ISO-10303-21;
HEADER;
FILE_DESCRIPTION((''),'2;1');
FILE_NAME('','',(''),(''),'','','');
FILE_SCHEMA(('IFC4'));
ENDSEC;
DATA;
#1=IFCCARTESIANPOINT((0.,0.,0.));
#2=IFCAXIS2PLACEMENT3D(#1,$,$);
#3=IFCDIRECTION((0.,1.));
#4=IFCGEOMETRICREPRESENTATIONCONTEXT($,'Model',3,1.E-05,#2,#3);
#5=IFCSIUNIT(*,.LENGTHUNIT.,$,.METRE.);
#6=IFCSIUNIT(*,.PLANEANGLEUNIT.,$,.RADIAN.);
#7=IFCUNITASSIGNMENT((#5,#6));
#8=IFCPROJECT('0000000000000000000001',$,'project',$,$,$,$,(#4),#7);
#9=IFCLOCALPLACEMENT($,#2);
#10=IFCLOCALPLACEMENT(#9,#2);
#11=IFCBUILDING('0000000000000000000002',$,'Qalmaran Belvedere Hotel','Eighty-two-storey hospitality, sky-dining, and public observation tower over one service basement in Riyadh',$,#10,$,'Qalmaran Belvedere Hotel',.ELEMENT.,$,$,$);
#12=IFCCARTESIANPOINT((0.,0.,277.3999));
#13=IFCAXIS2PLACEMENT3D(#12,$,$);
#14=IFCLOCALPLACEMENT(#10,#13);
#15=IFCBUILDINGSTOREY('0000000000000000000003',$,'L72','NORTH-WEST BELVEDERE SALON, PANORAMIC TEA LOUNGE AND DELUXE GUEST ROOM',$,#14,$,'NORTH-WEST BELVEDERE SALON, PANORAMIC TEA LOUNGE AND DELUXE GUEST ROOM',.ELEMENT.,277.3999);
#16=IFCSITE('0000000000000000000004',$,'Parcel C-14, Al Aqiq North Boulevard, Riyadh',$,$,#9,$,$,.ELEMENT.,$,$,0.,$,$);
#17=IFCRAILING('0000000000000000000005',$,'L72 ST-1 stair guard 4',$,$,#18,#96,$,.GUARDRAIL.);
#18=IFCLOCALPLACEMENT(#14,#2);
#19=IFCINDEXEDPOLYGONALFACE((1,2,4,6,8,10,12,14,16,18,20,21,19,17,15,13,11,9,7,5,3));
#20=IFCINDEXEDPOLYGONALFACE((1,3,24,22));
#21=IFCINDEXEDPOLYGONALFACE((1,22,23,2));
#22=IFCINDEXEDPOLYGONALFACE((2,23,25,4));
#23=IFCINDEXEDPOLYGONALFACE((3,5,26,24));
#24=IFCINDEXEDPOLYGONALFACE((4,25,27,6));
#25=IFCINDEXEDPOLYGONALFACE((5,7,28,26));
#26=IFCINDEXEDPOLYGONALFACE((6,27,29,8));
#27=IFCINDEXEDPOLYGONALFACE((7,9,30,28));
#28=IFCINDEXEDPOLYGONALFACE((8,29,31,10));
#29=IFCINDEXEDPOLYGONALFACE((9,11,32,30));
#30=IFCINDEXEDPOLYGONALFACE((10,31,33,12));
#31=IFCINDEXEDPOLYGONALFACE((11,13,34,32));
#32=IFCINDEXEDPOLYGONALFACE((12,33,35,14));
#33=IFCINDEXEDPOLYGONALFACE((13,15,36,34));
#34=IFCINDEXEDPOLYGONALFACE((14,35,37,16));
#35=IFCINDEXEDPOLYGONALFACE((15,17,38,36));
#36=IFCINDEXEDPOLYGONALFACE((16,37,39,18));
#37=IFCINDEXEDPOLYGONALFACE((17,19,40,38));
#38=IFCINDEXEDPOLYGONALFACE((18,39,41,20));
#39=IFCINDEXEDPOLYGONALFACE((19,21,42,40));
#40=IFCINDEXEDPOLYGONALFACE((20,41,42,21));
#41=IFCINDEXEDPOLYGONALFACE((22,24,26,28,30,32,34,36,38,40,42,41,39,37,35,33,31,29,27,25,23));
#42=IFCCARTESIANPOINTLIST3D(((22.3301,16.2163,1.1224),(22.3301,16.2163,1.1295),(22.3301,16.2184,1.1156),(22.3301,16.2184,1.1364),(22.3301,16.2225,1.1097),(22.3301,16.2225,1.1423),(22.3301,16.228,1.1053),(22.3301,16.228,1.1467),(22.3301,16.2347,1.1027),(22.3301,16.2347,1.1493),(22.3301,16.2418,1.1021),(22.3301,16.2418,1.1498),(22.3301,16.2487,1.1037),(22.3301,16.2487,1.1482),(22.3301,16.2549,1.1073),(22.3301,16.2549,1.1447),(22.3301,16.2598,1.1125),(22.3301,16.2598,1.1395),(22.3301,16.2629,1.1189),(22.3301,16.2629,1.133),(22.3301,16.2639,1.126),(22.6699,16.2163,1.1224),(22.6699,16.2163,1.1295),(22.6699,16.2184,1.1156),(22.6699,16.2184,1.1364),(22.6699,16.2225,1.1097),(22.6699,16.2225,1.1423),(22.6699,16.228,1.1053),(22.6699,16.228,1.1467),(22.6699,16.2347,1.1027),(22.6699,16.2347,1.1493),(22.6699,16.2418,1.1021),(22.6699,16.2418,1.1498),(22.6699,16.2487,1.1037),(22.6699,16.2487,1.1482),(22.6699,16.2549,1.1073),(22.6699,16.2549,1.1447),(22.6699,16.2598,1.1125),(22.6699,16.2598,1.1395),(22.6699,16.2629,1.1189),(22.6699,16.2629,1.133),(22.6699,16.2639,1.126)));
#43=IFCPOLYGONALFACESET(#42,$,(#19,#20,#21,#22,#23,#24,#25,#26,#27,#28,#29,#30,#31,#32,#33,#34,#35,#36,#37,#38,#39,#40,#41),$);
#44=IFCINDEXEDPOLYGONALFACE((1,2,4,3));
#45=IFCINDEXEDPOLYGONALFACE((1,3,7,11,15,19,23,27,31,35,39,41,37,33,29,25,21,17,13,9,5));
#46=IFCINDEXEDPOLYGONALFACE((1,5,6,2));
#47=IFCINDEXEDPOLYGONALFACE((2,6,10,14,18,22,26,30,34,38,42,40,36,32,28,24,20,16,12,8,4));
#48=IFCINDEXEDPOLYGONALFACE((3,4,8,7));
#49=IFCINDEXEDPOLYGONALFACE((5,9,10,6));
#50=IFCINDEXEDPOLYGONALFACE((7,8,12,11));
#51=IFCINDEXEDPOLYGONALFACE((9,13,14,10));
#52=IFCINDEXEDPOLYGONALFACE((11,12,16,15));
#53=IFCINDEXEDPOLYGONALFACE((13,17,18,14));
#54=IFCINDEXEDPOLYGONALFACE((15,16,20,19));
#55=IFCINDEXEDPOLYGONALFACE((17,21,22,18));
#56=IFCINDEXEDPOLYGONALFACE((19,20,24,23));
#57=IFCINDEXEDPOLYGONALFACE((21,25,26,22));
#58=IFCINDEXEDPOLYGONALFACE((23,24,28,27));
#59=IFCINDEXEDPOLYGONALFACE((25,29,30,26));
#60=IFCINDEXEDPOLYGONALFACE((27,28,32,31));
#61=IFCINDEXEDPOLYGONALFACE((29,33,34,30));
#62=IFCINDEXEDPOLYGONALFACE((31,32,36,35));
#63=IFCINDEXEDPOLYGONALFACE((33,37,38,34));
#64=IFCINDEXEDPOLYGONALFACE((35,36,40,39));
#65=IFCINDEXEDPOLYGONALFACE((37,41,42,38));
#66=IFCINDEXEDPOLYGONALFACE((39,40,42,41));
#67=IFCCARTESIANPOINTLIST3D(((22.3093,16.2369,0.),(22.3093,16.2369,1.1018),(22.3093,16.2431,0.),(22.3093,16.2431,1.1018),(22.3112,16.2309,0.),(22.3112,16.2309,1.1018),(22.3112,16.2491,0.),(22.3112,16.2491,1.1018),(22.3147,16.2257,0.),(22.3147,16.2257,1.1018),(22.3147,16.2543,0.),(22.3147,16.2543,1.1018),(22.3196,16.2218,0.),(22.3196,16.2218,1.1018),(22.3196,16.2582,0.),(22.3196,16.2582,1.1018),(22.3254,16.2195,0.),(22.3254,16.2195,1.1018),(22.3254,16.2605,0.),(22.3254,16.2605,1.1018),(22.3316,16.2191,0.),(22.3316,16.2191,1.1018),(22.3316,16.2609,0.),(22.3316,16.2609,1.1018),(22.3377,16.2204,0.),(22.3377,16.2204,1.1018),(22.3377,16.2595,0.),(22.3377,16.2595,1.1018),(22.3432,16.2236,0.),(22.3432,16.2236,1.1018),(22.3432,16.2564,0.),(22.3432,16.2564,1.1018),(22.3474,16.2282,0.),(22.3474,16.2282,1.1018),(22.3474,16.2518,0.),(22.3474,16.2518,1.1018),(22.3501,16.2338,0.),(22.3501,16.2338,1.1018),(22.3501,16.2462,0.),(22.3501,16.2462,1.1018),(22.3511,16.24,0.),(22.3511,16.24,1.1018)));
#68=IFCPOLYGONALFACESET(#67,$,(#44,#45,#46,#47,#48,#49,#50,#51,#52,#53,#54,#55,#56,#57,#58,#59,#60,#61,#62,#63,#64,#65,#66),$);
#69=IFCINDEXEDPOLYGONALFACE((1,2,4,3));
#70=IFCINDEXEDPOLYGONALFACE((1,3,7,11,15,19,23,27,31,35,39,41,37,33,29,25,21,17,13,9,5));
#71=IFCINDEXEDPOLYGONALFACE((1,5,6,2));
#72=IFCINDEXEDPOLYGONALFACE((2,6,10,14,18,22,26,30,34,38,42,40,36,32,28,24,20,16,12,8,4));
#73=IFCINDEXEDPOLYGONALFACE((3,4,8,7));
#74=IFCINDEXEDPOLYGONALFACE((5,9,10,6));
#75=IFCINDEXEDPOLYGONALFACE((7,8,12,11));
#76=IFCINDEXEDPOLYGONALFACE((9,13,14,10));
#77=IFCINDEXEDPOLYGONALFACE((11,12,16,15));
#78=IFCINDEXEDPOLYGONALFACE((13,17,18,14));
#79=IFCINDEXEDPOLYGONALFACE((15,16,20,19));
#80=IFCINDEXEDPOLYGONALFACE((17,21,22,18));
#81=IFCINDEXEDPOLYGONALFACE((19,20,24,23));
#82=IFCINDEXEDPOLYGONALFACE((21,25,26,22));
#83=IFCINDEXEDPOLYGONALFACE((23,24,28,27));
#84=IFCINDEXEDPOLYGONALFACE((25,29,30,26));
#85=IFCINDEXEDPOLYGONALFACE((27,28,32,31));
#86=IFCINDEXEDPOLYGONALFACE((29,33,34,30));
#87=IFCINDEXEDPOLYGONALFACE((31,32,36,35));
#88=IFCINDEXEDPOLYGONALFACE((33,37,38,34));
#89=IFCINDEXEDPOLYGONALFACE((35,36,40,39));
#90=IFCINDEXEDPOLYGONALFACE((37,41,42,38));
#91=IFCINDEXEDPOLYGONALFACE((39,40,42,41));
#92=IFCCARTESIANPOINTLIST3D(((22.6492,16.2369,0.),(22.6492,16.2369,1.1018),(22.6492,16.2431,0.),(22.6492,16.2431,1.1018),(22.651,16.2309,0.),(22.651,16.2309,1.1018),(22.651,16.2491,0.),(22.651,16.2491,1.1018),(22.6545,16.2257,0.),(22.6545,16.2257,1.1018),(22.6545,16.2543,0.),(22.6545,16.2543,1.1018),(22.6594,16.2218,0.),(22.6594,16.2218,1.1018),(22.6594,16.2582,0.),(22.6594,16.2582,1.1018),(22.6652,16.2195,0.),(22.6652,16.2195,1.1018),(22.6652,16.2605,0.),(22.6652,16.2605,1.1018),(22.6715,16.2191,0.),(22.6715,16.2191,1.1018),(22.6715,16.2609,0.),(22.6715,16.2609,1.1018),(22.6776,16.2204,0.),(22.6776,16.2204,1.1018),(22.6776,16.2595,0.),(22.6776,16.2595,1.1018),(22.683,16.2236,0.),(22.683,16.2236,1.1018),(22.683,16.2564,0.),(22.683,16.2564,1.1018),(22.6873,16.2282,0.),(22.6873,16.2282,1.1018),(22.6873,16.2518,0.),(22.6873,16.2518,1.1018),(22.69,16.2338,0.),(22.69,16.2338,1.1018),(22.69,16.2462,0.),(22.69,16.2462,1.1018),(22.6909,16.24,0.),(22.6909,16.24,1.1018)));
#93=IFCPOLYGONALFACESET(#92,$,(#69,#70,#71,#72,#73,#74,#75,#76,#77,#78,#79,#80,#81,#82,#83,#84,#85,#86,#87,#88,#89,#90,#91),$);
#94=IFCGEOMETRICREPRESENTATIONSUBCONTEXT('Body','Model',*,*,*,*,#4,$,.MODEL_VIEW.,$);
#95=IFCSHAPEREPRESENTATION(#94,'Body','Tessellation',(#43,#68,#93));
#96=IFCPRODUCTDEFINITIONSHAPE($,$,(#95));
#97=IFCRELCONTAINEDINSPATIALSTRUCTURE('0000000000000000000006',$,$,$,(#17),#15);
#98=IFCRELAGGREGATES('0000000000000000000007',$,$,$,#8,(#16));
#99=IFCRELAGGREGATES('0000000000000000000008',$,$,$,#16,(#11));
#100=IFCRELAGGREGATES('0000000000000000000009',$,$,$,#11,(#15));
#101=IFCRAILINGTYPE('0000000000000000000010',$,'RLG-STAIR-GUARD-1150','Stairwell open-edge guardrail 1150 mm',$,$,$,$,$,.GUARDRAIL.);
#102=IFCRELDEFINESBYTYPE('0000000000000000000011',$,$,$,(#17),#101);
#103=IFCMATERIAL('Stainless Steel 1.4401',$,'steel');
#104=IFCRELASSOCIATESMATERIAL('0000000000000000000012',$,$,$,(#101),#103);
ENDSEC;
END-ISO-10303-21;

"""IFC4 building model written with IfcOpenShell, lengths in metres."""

from ifc_helpers import new_model, si_unit, direction, frame, origin, origin_2d, place, context, subcontext, project, spatial, circle, extrude, material, type_object, element, save


model = new_model("IFC4")

# Units and contexts
model_context = context("Model", 3, precision=1e-05, world=origin(), true_north=direction((0.0, 1.0)))
body_context = subcontext(model_context, "Body", "Model", "MODEL_VIEW")
ifc_project = project(units=[si_unit("LENGTHUNIT", "METRE"), si_unit("PLANEANGLEUNIT", "RADIAN")], contexts=[model_context])

# Site, building, storey
site_placement = place(None, origin())
site = spatial("IfcSite", under=ifc_project, at=site_placement, Name="Parcel C-14, Al Aqiq North Boulevard, Riyadh", CompositionType="ELEMENT", RefElevation=0.0)
building_placement = place(site_placement, origin())
building = spatial("IfcBuilding", under=site, at=building_placement, Name="Qalmaran Belvedere Hotel", Description="Eighty-two-storey hospitality, sky-dining, and public observation tower over one service basement in Riyadh", LongName="Qalmaran Belvedere Hotel", CompositionType="ELEMENT")
storey_placement = place(building_placement, frame((0.0, 0.0, 277.3999)))
storey = spatial("IfcBuildingStorey", under=building, at=storey_placement, Name="L72", Description="NORTH-WEST BELVEDERE SALON, PANORAMIC TEA LOUNGE AND DELUXE GUEST ROOM", LongName="NORTH-WEST BELVEDERE SALON, PANORAMIC TEA LOUNGE AND DELUXE GUEST ROOM", CompositionType="ELEMENT", Elevation=277.3999)

# Railing
ifc_material_1 = material(Name="Stainless Steel 1.4401", Category="steel")
railing_type_1 = type_object("IfcRailingType", Name="RLG-STAIR-GUARD-1150", Description="Stairwell open-edge guardrail 1150 mm", PredefinedType="GUARDRAIL", material=ifc_material_1)
railing_1_placement = place(storey_placement, frame((22.3301, 16.24, 0.0)))
element("IfcRailing", 1, at=railing_1_placement, inside=storey, type_object=railing_type_1, Name="L72 ST-1 stair guard 4", PredefinedType="GUARDRAIL", context=body_context, shape_type="SweptSolid", body=[
    extrude(circle(Radius=0.0239, at=origin_2d()), frame((0.0, 0.0, 1.126), z_axis=(1.0, 0.0, 0.0), x_axis=(0.0, 1.0, 0.0)), (0.0, 0.0, 1.0), 0.3398),
    extrude(circle(Radius=0.021, at=origin_2d()), origin(), (0.0, 0.0, 1.0), 1.1018),
    extrude(circle(Radius=0.021, at=origin_2d()), frame((0.3398, 0.0, 0.0)), (0.0, 0.0, 1.0), 1.1018),
])

save(model, "model.ifc")
